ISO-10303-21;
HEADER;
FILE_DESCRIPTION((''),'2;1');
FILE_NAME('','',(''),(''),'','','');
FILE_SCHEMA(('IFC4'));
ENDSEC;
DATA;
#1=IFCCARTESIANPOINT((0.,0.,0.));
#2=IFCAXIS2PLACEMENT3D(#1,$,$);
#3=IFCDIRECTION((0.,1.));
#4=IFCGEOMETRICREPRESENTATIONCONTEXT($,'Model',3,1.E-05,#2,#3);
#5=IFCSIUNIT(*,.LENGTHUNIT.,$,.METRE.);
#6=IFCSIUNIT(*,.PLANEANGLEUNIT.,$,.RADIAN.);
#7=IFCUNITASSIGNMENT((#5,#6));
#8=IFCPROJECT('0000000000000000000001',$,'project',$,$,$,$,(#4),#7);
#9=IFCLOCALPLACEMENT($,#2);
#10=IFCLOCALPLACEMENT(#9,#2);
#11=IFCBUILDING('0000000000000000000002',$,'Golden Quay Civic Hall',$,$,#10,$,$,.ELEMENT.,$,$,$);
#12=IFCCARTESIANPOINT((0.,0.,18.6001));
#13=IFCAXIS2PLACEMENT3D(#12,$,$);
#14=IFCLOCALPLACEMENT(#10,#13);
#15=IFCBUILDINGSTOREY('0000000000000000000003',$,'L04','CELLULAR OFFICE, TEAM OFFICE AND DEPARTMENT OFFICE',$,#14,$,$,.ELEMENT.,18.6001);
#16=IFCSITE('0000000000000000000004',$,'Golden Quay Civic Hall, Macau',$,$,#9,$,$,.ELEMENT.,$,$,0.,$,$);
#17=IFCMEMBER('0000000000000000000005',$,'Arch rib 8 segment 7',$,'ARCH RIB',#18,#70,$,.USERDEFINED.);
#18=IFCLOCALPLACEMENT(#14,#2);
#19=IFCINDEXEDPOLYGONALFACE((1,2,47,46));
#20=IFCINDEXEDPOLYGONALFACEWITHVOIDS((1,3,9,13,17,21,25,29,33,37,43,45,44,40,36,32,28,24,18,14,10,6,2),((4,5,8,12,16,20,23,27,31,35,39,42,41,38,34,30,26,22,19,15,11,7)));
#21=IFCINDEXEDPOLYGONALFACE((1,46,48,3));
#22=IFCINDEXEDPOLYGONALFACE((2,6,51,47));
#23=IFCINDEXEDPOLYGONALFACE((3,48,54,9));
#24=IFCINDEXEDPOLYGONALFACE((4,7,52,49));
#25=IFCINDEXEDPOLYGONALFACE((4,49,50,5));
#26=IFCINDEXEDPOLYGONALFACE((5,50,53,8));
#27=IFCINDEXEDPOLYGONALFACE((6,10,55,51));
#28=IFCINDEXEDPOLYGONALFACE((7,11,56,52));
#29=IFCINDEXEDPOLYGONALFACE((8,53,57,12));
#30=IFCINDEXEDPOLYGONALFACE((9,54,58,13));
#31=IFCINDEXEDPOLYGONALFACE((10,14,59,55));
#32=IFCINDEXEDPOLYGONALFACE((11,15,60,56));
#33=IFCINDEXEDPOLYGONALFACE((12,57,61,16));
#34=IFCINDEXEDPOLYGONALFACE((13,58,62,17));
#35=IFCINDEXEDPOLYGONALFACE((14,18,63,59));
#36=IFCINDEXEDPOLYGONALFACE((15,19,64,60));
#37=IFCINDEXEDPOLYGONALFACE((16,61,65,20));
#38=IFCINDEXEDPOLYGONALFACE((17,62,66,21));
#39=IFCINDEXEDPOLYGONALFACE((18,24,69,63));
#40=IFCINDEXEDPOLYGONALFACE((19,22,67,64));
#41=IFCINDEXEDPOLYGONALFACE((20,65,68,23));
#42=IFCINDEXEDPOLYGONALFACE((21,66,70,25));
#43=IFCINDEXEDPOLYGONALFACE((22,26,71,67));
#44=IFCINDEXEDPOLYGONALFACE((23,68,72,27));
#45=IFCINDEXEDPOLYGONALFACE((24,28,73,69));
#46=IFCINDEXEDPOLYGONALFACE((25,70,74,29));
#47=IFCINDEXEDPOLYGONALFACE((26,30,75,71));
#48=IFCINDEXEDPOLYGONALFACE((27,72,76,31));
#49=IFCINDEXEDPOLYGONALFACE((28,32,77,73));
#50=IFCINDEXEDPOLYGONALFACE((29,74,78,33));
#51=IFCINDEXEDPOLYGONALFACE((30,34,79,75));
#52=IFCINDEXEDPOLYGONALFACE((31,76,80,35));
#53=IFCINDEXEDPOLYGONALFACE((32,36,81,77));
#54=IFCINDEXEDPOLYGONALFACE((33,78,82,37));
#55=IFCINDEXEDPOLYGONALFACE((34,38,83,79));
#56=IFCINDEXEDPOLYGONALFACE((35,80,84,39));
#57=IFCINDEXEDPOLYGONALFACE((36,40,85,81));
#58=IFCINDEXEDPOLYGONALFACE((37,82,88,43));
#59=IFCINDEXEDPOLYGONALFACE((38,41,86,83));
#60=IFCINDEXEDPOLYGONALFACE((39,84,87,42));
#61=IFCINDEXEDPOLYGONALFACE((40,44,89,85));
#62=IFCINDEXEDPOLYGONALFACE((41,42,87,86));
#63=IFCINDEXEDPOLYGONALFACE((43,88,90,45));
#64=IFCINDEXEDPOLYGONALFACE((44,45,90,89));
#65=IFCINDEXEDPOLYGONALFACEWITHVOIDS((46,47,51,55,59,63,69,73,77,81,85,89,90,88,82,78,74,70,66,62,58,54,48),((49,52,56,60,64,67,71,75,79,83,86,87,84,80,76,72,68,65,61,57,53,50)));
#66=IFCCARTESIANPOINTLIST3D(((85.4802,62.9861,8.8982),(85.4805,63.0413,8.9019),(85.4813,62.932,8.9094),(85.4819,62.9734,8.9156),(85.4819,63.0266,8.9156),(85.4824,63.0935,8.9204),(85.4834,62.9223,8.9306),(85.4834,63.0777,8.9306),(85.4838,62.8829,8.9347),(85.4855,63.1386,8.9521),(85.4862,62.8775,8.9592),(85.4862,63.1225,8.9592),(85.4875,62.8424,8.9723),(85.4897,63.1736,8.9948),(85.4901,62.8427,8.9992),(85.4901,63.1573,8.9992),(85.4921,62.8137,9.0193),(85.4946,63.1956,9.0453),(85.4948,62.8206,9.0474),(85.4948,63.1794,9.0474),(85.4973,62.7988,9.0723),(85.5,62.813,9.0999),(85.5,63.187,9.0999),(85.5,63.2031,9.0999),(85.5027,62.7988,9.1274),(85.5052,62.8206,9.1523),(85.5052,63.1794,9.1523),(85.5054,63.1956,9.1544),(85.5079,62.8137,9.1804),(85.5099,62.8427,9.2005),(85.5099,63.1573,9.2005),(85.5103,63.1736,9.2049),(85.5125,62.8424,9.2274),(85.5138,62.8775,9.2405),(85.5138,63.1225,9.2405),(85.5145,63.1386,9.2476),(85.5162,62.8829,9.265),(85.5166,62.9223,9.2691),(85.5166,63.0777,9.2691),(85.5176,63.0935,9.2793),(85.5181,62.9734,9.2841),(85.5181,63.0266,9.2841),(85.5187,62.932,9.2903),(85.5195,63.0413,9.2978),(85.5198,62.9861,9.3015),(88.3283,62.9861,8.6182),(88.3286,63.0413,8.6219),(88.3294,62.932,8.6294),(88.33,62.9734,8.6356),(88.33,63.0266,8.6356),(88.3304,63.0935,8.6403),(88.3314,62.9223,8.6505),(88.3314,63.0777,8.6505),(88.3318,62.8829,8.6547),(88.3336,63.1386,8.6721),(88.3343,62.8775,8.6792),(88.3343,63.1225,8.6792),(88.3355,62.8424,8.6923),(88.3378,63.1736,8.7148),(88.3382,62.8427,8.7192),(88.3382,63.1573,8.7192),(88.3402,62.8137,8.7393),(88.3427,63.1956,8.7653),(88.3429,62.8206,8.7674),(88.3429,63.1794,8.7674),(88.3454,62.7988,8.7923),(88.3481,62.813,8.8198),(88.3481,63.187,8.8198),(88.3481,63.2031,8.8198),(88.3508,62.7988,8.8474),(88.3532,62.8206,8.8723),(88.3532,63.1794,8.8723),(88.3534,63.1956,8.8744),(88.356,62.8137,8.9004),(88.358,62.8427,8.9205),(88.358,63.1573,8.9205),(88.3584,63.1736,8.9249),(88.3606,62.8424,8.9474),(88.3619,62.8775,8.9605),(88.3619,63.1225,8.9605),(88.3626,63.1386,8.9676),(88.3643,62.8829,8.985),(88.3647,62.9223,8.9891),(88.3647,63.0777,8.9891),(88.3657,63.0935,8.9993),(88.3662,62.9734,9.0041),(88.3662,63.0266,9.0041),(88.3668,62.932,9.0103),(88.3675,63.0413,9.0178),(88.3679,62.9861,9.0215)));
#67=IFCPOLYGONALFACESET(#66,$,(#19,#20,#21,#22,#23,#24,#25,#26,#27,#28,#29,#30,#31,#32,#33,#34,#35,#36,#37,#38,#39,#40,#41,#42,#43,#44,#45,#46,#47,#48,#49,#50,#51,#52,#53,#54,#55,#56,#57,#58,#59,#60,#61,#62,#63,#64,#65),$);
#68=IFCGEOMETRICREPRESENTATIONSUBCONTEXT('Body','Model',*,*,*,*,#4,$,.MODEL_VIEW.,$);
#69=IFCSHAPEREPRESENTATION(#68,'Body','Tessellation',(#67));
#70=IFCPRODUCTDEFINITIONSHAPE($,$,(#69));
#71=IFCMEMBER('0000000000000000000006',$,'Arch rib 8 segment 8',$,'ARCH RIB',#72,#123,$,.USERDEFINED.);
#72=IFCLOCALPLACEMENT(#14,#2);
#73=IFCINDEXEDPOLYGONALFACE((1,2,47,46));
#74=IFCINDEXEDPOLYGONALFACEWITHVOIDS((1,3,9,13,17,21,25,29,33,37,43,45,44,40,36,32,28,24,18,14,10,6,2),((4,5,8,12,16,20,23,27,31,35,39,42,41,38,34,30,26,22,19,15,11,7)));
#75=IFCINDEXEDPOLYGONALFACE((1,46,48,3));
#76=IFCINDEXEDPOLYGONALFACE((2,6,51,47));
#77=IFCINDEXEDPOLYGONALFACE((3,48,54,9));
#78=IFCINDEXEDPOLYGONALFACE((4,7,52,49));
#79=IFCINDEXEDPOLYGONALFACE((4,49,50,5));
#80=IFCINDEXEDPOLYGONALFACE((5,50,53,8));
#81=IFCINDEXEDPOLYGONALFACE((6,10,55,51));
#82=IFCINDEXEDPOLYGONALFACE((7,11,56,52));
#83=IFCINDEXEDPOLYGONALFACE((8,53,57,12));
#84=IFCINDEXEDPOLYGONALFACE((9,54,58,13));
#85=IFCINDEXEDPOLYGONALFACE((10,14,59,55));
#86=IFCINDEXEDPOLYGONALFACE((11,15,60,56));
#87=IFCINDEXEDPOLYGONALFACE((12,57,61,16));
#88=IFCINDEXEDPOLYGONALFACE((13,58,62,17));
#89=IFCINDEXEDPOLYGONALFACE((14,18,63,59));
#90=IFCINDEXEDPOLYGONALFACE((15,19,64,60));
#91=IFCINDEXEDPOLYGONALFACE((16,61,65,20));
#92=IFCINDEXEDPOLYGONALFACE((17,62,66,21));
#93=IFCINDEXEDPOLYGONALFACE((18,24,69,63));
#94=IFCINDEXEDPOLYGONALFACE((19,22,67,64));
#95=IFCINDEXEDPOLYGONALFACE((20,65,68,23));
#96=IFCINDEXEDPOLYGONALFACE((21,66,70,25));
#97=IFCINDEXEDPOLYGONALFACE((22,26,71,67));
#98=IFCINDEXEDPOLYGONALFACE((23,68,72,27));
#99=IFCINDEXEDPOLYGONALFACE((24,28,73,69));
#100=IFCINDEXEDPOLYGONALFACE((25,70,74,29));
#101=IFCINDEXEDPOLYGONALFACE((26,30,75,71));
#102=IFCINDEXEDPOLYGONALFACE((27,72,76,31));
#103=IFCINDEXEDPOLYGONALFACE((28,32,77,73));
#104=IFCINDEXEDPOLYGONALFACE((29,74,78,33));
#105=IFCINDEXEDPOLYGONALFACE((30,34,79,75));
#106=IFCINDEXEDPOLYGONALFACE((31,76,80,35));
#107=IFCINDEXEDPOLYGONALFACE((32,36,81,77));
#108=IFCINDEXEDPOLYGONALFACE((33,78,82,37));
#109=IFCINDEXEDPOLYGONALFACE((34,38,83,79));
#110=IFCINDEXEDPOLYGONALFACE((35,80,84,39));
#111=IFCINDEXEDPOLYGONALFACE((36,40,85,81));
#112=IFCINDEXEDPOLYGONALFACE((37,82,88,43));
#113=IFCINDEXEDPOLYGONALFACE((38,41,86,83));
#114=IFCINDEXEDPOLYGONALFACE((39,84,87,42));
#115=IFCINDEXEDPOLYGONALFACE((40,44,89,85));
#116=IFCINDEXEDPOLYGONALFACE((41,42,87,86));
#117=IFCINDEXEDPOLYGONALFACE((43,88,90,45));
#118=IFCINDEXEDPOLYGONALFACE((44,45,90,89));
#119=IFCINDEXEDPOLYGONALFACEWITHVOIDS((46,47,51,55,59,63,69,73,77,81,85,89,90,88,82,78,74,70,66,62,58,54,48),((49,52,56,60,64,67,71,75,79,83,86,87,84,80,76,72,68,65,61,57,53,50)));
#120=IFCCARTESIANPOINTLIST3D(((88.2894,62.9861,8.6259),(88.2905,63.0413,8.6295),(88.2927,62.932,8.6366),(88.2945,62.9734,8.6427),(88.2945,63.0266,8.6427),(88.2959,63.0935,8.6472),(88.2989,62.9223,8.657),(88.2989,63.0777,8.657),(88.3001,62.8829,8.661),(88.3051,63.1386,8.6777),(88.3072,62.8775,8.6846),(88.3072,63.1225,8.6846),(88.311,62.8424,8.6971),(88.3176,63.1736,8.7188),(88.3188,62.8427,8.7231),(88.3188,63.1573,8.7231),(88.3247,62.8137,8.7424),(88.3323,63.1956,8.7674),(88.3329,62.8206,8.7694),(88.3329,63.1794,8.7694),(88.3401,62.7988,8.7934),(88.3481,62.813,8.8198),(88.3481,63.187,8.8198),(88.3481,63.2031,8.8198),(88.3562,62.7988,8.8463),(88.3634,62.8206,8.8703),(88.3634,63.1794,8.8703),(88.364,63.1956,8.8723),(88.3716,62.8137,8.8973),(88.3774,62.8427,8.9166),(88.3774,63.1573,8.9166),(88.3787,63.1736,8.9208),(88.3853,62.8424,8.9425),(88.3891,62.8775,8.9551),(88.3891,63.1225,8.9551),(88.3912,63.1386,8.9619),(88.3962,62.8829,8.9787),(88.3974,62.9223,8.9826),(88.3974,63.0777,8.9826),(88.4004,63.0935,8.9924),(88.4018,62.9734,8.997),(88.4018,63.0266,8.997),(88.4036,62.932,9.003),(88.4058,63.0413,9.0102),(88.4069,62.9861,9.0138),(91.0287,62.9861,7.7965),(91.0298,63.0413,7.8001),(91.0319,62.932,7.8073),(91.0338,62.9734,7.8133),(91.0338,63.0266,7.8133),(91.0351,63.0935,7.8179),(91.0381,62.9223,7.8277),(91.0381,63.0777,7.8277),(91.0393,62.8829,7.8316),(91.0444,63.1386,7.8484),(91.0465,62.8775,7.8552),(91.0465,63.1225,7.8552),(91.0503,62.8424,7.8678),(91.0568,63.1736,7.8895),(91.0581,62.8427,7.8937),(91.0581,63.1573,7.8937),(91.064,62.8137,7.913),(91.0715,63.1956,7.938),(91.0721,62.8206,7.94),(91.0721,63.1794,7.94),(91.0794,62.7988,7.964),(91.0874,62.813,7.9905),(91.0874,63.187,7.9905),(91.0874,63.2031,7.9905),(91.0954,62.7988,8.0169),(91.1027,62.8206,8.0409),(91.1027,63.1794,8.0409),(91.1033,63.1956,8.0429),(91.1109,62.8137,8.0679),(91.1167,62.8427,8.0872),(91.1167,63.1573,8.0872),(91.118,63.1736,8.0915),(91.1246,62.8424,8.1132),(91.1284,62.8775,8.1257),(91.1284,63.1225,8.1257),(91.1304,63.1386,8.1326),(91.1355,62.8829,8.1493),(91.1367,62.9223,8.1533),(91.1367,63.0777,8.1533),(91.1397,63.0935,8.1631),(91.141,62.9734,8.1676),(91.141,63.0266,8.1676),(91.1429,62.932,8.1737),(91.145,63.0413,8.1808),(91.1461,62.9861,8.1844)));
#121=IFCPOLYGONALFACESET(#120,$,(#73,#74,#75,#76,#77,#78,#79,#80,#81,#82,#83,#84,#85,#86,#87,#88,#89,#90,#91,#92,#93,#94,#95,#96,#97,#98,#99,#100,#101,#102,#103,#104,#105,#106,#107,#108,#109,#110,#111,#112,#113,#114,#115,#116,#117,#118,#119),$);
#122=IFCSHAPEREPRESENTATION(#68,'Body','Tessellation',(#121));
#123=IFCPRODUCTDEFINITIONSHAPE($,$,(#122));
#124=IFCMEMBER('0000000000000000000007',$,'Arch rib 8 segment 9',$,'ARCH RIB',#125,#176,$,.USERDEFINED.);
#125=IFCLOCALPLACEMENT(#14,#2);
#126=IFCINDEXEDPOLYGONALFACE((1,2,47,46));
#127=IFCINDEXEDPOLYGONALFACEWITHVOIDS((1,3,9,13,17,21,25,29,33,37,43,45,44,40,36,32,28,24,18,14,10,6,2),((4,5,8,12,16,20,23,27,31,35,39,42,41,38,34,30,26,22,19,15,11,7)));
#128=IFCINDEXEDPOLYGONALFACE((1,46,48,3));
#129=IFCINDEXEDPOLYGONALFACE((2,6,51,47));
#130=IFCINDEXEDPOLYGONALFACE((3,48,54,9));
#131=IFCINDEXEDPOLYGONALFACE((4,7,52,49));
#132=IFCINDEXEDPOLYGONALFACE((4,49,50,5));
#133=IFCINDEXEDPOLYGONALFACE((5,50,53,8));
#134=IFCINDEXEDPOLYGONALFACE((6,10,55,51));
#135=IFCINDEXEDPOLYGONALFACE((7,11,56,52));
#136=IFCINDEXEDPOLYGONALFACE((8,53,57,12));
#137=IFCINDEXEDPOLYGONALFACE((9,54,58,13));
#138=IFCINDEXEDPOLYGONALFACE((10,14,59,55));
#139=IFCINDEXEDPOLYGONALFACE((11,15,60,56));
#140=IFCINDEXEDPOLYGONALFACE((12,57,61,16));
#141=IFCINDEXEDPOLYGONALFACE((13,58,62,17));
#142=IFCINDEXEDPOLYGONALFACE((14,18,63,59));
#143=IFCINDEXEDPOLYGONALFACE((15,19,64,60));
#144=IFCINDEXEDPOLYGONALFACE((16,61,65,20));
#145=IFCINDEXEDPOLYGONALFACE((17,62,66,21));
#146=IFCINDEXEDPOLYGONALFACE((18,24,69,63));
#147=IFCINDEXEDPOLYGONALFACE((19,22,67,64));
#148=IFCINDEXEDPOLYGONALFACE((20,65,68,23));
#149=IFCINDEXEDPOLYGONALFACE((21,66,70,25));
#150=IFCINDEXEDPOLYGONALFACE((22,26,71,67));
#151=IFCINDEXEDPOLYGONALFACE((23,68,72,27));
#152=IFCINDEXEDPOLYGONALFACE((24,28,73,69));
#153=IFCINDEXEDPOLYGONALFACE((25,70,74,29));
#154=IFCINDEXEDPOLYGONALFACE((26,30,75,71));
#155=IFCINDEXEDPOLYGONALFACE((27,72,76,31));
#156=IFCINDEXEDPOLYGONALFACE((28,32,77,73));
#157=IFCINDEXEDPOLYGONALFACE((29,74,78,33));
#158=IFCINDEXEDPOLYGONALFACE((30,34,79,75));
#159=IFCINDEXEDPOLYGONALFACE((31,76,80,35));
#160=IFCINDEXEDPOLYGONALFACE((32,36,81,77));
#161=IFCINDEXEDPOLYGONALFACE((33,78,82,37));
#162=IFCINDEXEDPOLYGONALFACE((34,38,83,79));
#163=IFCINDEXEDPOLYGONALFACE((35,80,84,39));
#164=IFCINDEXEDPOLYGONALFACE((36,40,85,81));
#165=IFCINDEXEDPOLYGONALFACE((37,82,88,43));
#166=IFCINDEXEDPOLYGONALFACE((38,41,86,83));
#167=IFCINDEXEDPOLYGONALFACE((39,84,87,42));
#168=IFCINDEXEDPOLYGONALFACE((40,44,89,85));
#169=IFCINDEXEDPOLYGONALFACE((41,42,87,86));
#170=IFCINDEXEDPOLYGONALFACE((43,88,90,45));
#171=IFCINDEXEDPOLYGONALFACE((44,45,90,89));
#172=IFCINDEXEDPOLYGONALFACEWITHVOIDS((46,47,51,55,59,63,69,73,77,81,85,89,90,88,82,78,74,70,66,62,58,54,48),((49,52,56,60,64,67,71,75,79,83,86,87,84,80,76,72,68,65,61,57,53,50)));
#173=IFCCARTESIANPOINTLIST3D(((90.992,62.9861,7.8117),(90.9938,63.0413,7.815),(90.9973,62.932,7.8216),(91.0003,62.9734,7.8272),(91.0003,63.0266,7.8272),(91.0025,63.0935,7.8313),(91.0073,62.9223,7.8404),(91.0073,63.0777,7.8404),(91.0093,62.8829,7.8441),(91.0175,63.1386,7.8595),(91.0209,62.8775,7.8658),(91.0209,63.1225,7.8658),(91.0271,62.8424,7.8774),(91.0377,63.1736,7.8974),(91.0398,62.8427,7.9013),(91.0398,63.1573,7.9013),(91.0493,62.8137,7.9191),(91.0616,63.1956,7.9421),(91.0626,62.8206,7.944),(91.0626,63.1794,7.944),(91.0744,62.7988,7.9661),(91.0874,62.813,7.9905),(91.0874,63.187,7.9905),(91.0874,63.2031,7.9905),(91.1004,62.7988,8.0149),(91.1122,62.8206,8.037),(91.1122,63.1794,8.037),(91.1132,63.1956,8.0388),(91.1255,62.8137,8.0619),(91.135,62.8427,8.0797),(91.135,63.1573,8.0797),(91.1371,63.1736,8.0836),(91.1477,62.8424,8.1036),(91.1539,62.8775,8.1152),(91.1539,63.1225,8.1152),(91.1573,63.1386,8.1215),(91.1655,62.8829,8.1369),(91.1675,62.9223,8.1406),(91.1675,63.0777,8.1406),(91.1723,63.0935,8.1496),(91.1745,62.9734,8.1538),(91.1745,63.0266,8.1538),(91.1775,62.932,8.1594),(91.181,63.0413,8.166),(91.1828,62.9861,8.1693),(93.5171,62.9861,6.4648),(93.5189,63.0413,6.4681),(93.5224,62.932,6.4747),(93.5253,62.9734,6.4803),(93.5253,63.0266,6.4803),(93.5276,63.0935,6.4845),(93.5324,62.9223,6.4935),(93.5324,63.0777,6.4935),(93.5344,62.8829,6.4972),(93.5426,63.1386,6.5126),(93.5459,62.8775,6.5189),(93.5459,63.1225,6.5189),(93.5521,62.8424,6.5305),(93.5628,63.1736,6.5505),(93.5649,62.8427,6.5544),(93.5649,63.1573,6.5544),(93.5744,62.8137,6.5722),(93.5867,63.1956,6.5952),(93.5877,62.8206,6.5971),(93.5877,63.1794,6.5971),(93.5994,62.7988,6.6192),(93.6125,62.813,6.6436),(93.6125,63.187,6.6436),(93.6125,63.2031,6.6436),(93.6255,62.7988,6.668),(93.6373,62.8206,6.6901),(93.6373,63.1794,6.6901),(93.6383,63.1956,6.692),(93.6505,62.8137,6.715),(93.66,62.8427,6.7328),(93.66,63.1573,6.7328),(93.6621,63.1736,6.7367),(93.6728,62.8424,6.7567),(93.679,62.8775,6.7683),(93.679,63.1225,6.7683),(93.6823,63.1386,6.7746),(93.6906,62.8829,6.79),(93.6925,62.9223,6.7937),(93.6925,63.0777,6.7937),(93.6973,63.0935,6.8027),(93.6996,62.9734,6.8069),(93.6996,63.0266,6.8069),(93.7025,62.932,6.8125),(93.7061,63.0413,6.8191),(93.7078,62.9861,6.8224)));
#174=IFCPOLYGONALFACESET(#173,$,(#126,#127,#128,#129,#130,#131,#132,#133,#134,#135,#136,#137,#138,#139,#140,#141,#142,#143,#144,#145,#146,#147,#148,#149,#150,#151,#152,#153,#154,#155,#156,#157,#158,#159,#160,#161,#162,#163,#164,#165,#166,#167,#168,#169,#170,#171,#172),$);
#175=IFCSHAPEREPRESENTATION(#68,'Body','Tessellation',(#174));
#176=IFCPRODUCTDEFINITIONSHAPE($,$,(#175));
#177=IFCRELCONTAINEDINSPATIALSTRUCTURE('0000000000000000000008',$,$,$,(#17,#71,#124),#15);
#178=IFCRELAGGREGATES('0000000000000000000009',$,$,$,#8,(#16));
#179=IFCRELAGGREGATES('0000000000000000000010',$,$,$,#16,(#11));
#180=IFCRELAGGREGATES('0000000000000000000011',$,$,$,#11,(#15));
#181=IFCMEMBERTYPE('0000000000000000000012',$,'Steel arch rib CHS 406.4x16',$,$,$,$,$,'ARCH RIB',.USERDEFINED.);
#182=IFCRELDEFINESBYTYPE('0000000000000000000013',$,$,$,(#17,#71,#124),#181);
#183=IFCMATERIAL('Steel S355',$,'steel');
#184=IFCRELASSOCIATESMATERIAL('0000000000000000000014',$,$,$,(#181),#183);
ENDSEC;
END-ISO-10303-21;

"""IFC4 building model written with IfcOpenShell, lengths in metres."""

from ifc_helpers import new_model, si_unit, direction, frame, origin, origin_2d, place, context, subcontext, project, spatial, hollow_circle, extrude, material, material_profile, profile_set, type_object, element, save


model = new_model("IFC4")

# Units and contexts
model_context = context("Model", 3, precision=1e-05, world=origin(), true_north=direction((0.0, 1.0)))
body_context = subcontext(model_context, "Body", "Model", "MODEL_VIEW")
ifc_project = project(units=[si_unit("LENGTHUNIT", "METRE"), si_unit("PLANEANGLEUNIT", "RADIAN")], contexts=[model_context])

# Site, building, storey
site_placement = place(None, origin())
site = spatial("IfcSite", under=ifc_project, at=site_placement, Name="Golden Quay Civic Hall, Macau", CompositionType="ELEMENT", RefElevation=0.0)
building_placement = place(site_placement, origin())
building = spatial("IfcBuilding", under=site, at=building_placement, Name="Golden Quay Civic Hall", CompositionType="ELEMENT")
storey_placement = place(building_placement, frame((0.0, 0.0, 18.6001)))
storey = spatial("IfcBuildingStorey", under=building, at=storey_placement, Name="L04", Description="CELLULAR OFFICE, TEAM OFFICE AND DEPARTMENT OFFICE", CompositionType="ELEMENT", Elevation=18.6001)

# Members
ifc_material_1 = material(Name="Steel S355", Category="steel")
ifc_material_profile_1 = material_profile(ifc_material_1, hollow_circle(Radius=0.2031, WallThickness=0.0161, at=origin_2d()), Name="CHS 406.4x16")
ifc_profile_set_1 = profile_set([ifc_material_profile_1], Name="Steel S355")
member_type_1 = type_object("IfcMemberType", Name="Steel arch rib CHS 406.4x16", ElementType="ARCH RIB", PredefinedType="USERDEFINED", material=ifc_profile_set_1)
member_1_placement = place(storey_placement, frame((85.5, 63.0, 9.0999), z_axis=(0.995201, 0.0, -0.097848), x_axis=(0.0, 1.0, 0.0)))
element("IfcMember", 1, at=member_1_placement, inside=storey, type_object=member_type_1, Name="Arch rib 8 segment 7", ObjectType="ARCH RIB", PredefinedType="USERDEFINED", context=body_context, shape_type="SweptSolid", body=[
    extrude(hollow_circle(Radius=0.2031, WallThickness=0.0161, at=origin_2d()), origin(), (0.0, 0.0, 1.0), 2.8618),
])
member_2_placement = place(storey_placement, frame((88.3481, 63.0, 8.8198), z_axis=(0.957095, 0.0, -0.289773), x_axis=(0.0, 1.0, 0.0)))
element("IfcMember", 2, at=member_2_placement, inside=storey, type_object=member_type_1, Name="Arch rib 8 segment 8", ObjectType="ARCH RIB", PredefinedType="USERDEFINED", context=body_context, shape_type="SweptSolid", body=[
    extrude(hollow_circle(Radius=0.2031, WallThickness=0.0161, at=origin_2d()), origin(), (0.0, 0.0, 1.0), 2.8621),
])
member_3_placement = place(storey_placement, frame((91.0874, 63.0, 7.9905), z_axis=(0.882327, 0.0, -0.470637), x_axis=(0.0, 1.0, 0.0)))
element("IfcMember", 3, at=member_3_placement, inside=storey, type_object=member_type_1, Name="Arch rib 8 segment 9", ObjectType="ARCH RIB", PredefinedType="USERDEFINED", context=body_context, shape_type="SweptSolid", body=[
    extrude(hollow_circle(Radius=0.2031, WallThickness=0.0161, at=origin_2d()), origin(), (0.0, 0.0, 1.0), 2.8618),
])

save(model, "model.ifc")
